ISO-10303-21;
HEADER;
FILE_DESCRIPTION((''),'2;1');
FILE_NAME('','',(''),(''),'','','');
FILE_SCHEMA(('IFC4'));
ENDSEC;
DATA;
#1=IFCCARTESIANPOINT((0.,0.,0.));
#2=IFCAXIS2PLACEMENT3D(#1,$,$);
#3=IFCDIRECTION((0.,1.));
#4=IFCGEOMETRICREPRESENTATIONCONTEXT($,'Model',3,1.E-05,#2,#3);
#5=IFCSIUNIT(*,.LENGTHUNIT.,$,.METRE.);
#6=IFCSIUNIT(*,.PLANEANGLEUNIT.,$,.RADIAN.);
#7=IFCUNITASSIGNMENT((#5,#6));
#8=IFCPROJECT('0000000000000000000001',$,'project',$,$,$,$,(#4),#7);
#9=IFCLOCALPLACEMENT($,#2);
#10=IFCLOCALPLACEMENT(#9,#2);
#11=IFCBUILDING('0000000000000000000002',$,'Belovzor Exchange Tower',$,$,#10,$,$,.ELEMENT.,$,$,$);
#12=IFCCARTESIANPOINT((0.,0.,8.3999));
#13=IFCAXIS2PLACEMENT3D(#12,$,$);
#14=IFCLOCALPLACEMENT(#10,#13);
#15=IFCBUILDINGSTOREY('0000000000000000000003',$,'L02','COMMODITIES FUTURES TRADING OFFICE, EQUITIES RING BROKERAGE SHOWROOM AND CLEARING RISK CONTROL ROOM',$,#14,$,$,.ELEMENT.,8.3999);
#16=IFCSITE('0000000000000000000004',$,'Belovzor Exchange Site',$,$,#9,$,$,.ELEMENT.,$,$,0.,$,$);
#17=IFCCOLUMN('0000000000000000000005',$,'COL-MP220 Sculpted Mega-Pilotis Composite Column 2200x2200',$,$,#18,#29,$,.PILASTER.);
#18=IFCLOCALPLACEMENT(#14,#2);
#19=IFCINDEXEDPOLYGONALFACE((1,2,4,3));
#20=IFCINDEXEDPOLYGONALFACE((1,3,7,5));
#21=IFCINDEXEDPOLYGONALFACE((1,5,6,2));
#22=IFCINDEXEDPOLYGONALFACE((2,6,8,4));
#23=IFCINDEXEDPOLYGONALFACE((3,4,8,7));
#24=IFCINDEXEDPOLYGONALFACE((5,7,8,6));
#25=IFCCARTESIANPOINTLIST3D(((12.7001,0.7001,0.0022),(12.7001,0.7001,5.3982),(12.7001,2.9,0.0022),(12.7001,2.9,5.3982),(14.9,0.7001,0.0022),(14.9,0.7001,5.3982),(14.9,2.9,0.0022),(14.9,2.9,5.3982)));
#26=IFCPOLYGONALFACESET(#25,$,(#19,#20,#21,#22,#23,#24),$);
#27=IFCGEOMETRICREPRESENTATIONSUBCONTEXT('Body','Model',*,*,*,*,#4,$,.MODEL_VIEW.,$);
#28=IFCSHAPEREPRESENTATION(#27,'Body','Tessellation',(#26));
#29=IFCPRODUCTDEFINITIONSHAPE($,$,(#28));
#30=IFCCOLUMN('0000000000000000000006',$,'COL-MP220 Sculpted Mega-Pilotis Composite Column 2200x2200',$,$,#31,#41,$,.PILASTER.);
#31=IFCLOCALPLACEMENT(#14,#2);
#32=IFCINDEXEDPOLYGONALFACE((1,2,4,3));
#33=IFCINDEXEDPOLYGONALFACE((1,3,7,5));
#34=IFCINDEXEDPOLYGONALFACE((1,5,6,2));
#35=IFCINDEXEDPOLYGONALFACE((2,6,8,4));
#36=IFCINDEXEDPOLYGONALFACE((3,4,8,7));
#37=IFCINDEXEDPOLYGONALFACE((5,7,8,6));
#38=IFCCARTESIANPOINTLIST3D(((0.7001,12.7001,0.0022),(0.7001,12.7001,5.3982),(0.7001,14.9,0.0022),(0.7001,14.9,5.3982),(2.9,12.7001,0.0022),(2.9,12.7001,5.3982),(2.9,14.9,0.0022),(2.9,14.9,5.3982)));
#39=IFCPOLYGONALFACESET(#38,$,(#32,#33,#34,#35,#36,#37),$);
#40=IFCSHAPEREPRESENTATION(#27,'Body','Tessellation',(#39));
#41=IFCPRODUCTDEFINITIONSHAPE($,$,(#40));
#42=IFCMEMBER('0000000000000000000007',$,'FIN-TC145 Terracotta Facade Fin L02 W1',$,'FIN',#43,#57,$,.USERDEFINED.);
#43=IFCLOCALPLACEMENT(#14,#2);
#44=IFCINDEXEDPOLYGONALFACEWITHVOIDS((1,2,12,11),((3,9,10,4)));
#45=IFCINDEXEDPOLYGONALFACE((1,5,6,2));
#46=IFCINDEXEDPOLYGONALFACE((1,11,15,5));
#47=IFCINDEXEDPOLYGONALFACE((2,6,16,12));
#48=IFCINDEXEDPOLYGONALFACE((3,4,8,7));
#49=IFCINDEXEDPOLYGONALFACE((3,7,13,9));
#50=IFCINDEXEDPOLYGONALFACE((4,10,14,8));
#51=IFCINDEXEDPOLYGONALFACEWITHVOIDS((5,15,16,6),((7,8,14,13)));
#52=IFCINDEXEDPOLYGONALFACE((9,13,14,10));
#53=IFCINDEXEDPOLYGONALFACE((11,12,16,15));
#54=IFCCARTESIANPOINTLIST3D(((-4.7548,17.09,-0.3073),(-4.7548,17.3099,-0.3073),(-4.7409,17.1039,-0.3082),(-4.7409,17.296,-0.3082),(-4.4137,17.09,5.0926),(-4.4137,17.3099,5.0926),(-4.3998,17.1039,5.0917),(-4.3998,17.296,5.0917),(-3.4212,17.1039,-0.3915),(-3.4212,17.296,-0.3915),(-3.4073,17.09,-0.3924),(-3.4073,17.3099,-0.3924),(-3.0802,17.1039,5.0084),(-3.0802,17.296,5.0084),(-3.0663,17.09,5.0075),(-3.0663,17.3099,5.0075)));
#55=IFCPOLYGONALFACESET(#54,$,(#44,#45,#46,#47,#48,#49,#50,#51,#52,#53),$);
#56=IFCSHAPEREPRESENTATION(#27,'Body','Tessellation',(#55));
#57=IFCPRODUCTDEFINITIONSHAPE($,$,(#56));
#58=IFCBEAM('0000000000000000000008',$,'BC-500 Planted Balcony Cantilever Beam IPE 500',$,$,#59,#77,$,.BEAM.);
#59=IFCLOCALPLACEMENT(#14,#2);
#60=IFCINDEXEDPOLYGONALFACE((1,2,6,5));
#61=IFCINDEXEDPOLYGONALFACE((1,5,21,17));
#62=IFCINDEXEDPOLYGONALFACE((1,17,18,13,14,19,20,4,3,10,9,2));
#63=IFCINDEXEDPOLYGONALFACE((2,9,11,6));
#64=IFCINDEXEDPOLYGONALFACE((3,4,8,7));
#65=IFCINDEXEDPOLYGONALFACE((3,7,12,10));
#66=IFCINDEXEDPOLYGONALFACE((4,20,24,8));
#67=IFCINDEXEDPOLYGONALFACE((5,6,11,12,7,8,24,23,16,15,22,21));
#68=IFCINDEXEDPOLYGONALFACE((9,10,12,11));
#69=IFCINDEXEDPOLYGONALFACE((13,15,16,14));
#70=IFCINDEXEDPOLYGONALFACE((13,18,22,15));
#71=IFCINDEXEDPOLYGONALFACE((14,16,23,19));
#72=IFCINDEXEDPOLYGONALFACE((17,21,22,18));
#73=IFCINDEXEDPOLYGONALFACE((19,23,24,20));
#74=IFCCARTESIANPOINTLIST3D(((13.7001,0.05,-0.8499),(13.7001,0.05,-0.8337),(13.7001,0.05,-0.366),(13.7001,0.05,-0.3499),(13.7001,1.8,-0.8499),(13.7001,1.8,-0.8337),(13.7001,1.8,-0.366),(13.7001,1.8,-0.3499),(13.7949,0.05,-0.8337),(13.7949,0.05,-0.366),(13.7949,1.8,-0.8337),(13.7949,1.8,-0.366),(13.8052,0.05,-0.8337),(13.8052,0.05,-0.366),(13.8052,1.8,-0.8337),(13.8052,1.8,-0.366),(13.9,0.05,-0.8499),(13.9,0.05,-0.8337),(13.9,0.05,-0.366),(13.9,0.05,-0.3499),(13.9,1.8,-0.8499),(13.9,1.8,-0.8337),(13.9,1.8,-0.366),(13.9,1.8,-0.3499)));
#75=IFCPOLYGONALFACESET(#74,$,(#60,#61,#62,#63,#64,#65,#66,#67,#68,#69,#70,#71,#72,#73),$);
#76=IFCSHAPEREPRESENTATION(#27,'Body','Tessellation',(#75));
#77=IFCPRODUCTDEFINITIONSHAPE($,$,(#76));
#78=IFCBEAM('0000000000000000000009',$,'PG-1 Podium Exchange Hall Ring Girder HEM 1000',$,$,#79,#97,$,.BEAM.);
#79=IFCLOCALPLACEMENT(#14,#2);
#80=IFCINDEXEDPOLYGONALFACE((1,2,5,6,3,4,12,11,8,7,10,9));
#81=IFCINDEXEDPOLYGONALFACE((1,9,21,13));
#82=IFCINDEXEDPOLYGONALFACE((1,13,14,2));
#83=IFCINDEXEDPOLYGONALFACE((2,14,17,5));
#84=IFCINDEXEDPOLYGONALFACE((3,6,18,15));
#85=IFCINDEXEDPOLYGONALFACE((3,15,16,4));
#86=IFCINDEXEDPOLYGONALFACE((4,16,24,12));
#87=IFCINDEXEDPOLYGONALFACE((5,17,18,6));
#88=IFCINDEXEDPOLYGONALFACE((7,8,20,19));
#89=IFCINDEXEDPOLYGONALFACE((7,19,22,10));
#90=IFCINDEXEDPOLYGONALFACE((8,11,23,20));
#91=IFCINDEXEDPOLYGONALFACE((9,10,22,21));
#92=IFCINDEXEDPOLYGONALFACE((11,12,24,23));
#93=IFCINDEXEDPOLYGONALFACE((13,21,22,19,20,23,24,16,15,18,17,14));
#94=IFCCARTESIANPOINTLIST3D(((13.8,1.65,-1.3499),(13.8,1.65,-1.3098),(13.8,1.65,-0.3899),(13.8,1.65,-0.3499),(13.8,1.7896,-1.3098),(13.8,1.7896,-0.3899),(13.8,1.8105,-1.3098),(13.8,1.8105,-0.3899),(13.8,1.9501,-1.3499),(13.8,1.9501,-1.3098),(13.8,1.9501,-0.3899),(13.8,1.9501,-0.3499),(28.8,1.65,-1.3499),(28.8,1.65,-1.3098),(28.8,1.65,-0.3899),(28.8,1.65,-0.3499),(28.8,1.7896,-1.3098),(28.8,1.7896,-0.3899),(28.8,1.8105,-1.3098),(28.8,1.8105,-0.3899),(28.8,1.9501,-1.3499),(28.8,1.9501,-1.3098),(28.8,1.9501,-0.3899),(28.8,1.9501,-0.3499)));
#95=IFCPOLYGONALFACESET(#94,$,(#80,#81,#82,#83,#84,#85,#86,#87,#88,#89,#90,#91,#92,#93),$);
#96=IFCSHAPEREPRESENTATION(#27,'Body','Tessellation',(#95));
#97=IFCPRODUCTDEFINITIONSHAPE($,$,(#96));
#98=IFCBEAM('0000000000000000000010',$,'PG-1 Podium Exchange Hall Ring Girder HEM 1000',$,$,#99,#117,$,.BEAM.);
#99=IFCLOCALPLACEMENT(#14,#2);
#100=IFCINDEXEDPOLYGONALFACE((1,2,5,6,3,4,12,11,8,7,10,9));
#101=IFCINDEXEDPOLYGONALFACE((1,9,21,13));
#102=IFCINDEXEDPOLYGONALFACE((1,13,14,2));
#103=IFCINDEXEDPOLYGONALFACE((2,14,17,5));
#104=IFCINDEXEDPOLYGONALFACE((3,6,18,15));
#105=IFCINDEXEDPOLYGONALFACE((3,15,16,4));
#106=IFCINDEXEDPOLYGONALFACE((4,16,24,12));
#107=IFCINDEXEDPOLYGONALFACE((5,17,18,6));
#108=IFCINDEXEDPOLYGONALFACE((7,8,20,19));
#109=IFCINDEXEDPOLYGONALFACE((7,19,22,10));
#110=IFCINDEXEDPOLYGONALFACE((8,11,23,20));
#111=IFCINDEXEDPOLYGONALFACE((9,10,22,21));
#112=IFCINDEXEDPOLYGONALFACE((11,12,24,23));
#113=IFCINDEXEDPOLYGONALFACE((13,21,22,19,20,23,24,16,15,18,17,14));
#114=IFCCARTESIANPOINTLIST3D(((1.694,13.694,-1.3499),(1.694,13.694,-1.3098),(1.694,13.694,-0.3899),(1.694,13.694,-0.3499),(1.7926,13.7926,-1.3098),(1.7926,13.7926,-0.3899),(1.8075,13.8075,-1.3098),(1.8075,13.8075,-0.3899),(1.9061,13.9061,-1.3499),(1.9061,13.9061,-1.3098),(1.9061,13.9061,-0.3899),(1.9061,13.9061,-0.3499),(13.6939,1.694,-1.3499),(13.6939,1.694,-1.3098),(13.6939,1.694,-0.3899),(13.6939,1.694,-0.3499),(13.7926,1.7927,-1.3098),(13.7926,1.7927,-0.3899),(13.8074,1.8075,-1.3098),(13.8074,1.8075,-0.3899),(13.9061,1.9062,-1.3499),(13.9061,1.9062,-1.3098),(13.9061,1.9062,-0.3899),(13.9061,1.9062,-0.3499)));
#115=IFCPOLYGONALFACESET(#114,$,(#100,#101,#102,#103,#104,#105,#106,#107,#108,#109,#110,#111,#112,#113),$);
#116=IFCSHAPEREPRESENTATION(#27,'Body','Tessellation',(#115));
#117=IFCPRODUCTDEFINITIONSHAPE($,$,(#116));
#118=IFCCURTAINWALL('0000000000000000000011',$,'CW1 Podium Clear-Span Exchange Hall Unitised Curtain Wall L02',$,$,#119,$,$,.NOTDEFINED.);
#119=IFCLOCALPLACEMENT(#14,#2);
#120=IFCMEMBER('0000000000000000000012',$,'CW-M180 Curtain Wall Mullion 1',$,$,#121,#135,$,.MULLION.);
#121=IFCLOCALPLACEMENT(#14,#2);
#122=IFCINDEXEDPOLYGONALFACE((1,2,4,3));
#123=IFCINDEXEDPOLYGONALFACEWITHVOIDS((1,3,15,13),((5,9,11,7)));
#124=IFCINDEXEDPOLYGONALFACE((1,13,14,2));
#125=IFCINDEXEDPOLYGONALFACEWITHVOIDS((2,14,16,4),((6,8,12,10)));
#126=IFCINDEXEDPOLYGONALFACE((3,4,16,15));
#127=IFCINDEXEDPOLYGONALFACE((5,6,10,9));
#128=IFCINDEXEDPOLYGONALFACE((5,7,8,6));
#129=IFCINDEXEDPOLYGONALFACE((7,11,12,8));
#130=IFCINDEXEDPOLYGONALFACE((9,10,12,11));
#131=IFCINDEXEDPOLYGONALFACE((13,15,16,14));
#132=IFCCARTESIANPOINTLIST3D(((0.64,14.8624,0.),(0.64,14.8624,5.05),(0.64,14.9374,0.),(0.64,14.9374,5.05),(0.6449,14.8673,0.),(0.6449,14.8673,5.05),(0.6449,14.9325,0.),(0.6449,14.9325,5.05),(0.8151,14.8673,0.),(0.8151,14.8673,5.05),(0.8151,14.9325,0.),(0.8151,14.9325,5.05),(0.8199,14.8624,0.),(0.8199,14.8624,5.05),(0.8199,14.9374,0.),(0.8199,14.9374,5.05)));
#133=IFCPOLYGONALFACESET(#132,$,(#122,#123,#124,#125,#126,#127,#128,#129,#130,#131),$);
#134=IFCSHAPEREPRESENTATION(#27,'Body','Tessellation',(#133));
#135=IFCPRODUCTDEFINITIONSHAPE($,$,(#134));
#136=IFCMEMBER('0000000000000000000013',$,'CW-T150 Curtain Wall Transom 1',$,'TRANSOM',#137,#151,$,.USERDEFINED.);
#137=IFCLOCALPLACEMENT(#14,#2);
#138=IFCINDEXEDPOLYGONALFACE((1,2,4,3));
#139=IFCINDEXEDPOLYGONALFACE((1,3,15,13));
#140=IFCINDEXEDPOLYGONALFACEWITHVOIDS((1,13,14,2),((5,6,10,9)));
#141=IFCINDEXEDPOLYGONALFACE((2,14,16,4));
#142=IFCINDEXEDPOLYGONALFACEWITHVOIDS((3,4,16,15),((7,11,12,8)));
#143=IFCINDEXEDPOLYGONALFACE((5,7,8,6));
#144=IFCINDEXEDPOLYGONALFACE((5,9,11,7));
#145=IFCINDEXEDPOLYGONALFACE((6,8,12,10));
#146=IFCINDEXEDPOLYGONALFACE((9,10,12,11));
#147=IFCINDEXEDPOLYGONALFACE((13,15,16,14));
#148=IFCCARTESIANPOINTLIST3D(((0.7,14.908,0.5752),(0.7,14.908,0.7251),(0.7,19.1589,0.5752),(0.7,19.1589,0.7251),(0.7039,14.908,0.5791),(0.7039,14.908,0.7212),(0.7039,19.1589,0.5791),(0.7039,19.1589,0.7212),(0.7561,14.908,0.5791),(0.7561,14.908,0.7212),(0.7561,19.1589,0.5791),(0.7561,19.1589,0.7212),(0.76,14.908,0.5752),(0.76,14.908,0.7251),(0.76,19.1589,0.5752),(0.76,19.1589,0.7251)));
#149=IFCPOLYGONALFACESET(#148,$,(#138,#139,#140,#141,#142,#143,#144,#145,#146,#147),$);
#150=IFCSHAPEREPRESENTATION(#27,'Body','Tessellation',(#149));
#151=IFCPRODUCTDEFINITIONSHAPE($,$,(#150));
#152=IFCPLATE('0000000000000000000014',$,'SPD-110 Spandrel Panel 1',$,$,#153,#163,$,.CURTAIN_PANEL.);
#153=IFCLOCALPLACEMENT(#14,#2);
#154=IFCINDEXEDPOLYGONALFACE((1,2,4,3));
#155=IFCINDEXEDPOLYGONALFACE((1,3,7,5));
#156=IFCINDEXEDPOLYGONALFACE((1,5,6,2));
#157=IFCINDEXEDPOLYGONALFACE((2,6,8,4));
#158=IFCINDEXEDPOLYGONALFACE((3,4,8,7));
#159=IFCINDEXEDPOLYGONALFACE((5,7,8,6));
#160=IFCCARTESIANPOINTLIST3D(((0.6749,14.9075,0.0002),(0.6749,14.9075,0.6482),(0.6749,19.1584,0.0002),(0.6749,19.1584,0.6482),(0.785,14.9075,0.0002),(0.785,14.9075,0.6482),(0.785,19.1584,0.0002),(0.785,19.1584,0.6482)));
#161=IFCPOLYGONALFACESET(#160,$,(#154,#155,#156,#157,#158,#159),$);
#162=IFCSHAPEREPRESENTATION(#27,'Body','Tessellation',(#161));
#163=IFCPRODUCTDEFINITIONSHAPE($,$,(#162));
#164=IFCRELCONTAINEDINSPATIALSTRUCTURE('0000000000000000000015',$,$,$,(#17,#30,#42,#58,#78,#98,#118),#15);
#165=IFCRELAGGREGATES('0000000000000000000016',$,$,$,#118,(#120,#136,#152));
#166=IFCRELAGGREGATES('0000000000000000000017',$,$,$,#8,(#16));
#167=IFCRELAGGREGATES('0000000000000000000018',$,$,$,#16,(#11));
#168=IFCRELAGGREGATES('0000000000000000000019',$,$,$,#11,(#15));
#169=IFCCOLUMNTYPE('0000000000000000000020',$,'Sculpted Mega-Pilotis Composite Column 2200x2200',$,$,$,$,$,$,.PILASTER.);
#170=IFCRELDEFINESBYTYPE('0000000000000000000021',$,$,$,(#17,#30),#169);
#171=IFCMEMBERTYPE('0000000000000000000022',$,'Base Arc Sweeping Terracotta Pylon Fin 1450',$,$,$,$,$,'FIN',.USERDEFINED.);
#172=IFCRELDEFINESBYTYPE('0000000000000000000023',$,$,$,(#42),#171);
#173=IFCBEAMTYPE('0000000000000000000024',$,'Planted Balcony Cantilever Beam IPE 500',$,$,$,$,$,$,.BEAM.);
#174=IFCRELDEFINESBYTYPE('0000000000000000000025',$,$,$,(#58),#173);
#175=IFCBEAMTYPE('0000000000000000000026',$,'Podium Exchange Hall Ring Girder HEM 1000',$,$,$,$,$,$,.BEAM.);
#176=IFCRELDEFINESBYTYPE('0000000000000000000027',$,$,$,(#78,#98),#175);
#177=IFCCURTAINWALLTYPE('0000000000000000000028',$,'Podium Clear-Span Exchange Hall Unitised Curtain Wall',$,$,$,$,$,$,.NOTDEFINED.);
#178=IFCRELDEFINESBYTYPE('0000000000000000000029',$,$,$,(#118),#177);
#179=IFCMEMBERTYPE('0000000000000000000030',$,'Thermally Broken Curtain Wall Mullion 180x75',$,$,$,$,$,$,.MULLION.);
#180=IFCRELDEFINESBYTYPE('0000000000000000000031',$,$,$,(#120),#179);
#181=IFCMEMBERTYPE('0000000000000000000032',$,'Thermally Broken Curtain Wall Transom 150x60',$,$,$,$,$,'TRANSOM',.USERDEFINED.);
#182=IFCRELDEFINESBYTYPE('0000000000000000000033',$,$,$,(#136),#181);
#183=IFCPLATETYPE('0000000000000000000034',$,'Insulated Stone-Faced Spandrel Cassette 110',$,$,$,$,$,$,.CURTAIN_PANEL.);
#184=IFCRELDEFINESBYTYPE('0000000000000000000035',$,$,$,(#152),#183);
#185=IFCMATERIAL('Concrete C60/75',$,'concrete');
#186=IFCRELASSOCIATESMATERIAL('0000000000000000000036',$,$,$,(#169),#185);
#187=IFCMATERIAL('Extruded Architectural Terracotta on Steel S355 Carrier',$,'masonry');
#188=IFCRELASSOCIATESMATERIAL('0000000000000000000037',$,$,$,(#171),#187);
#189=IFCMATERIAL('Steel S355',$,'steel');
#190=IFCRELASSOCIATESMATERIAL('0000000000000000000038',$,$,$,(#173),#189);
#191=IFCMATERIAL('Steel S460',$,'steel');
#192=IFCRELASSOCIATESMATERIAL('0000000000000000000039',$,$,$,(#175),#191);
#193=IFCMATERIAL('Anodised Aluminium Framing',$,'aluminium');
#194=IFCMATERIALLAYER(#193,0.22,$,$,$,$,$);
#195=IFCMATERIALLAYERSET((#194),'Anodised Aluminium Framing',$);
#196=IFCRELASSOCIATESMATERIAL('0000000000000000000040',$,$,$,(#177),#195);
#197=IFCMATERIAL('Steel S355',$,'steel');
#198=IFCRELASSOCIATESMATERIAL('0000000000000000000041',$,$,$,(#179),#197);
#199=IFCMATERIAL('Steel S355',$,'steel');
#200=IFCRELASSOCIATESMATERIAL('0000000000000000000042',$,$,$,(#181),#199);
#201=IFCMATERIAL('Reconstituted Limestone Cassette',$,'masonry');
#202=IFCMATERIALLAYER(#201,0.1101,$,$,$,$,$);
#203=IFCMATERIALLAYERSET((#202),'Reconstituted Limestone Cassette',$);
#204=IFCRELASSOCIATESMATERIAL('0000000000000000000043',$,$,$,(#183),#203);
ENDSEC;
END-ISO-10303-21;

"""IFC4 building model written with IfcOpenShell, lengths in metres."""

from ifc_helpers import new_model, si_unit, direction, frame, origin, origin_2d, place, context, subcontext, project, spatial, rectangle, hollow_rectangle, i_section, extrude, material, layer, layer_set, material_profile, profile_set, type_object, element, aggregate, save


model = new_model("IFC4")

# Units and contexts
model_context = context("Model", 3, precision=1e-05, world=origin(), true_north=direction((0.0, 1.0)))
body_context = subcontext(model_context, "Body", "Model", "MODEL_VIEW")
ifc_project = project(units=[si_unit("LENGTHUNIT", "METRE"), si_unit("PLANEANGLEUNIT", "RADIAN")], contexts=[model_context])

# Site, building, storey
site_placement = place(None, origin())
site = spatial("IfcSite", under=ifc_project, at=site_placement, Name="Belovzor Exchange Site", CompositionType="ELEMENT", RefElevation=0.0)
building_placement = place(site_placement, origin())
building = spatial("IfcBuilding", under=site, at=building_placement, Name="Belovzor Exchange Tower", CompositionType="ELEMENT")
storey_placement = place(building_placement, frame((0.0, 0.0, 8.3999)))
storey = spatial("IfcBuildingStorey", under=building, at=storey_placement, Name="L02", Description="COMMODITIES FUTURES TRADING OFFICE, EQUITIES RING BROKERAGE SHOWROOM AND CLEARING RISK CONTROL ROOM", CompositionType="ELEMENT", Elevation=8.3999)

# Columns
ifc_material_1 = material(Name="Concrete C60/75", Category="concrete")
ifc_material_profile_1 = material_profile(ifc_material_1, rectangle(XDim=2.2, YDim=2.2, at=origin_2d()))
ifc_profile_set_1 = profile_set([ifc_material_profile_1], Name="Concrete C60/75")
column_type = type_object("IfcColumnType", Name="Sculpted Mega-Pilotis Composite Column 2200x2200", PredefinedType="PILASTER", material=ifc_profile_set_1)
for number, where, z_axis, x_axis, name in (
    (1, (13.8, 1.8, 0.0022), (0.0, 0.0, 1.0), (1.0, 0.0, 0.0), "COL-MP220 Sculpted Mega-Pilotis Composite Column 2200x2200"),
    (2, (1.8, 13.8, 0.0022), (0.0, 0.0, 1.0), (1.0, 0.0, 0.0), "COL-MP220 Sculpted Mega-Pilotis Composite Column 2200x2200"),
):
    element("IfcColumn", number, at=place(storey_placement, frame(where, z_axis=z_axis, x_axis=x_axis)), inside=storey, type_object=column_type, Name=name, PredefinedType="PILASTER", context=body_context, shape_type="SweptSolid", body=[
        extrude(rectangle(XDim=2.2, YDim=2.2, at=origin_2d()), origin(), (0.0, 0.0, 1.0), 5.396),
    ])

# Member
ifc_material_2 = material(Name="Extruded Architectural Terracotta on Steel S355 Carrier", Category="masonry")
ifc_material_profile_2 = material_profile(ifc_material_2, hollow_rectangle(XDim=0.22, YDim=1.3501, WallThickness=0.0139, at=origin_2d()))
ifc_profile_set_2 = profile_set([ifc_material_profile_2], Name="Extruded Architectural Terracotta on Steel S355 Carrier")
member_type_1 = type_object("IfcMemberType", Name="Base Arc Sweeping Terracotta Pylon Fin 1450", ElementType="FIN", PredefinedType="USERDEFINED", material=ifc_profile_set_2)
member_1_placement = place(storey_placement, frame((-4.0811, 17.2, -0.3499), z_axis=(0.063036, 0.0, 0.998011), x_axis=(0.0, 1.0, 0.0)))
element("IfcMember", 3, at=member_1_placement, inside=storey, type_object=member_type_1, Name="FIN-TC145 Terracotta Facade Fin L02 W1", ObjectType="FIN", PredefinedType="USERDEFINED", context=body_context, shape_type="SweptSolid", body=[
    extrude(hollow_rectangle(XDim=0.22, YDim=1.3501, WallThickness=0.0139, at=origin_2d()), origin(), (0.0, 0.0, 1.0), 5.4106),
])

# Beams
ifc_material_3 = material(Name="Steel S355", Category="steel")
ifc_material_profile_3 = material_profile(ifc_material_3, i_section(OverallWidth=0.2, OverallDepth=0.5, WebThickness=0.0103, FlangeThickness=0.0161, at=origin_2d()))
ifc_profile_set_3 = profile_set([ifc_material_profile_3], Name="Steel S355")
beam_type_1 = type_object("IfcBeamType", Name="Planted Balcony Cantilever Beam IPE 500", PredefinedType="BEAM", material=ifc_profile_set_3)
beam_1_placement = place(storey_placement, frame((13.8, 1.8, -0.5999), z_axis=(0.0, -1.0, 0.0), x_axis=(1.0, 0.0, 0.0)))
element("IfcBeam", 4, at=beam_1_placement, inside=storey, type_object=beam_type_1, Name="BC-500 Planted Balcony Cantilever Beam IPE 500", PredefinedType="BEAM", context=body_context, shape_type="SweptSolid", body=[
    extrude(i_section(OverallWidth=0.2, OverallDepth=0.5, WebThickness=0.0103, FlangeThickness=0.0161, at=origin_2d()), origin(), (0.0, 0.0, 1.0), 1.75),
])
ifc_material_4 = material(Name="Steel S460", Category="steel")
ifc_material_profile_4 = material_profile(ifc_material_4, i_section(OverallWidth=0.3, OverallDepth=1.0, WebThickness=0.021, FlangeThickness=0.04, at=origin_2d()))
ifc_profile_set_4 = profile_set([ifc_material_profile_4], Name="Steel S460")
beam_type_2 = type_object("IfcBeamType", Name="Podium Exchange Hall Ring Girder HEM 1000", PredefinedType="BEAM", material=ifc_profile_set_4)
beam_2_placement = place(storey_placement, frame((13.8, 1.8, -0.8499), z_axis=(1.0, 0.0, 0.0), x_axis=(0.0, 1.0, 0.0)))
element("IfcBeam", 5, at=beam_2_placement, inside=storey, type_object=beam_type_2, Name="PG-1 Podium Exchange Hall Ring Girder HEM 1000", PredefinedType="BEAM", context=body_context, shape_type="SweptSolid", body=[
    extrude(i_section(OverallWidth=0.3, OverallDepth=1.0, WebThickness=0.021, FlangeThickness=0.04, at=origin_2d()), origin(), (0.0, 0.0, 1.0), 15.0),
])
beam_3_placement = place(storey_placement, frame((1.8, 13.8, -0.8499), z_axis=(0.707107, -0.707107, 0.0), x_axis=(0.707107, 0.707107, 0.0)))
element("IfcBeam", 6, at=beam_3_placement, inside=storey, type_object=beam_type_2, Name="PG-1 Podium Exchange Hall Ring Girder HEM 1000", PredefinedType="BEAM", context=body_context, shape_type="SweptSolid", body=[
    extrude(i_section(OverallWidth=0.3, OverallDepth=1.0, WebThickness=0.021, FlangeThickness=0.04, at=origin_2d()), origin(), (0.0, 0.0, 1.0), 16.9705),
])

# Curtain wall, members, plate
ifc_material_5 = material(Name="Anodised Aluminium Framing", Category="aluminium")
ifc_layer_1 = layer(ifc_material_5, 0.22)
ifc_layer_set_1 = layer_set([ifc_layer_1], Name="Anodised Aluminium Framing")
curtain_wall_type = type_object("IfcCurtainWallType", Name="Podium Clear-Span Exchange Hall Unitised Curtain Wall", PredefinedType="NOTDEFINED", material=ifc_layer_set_1)
curtain_wall_placement = place(storey_placement, origin())
curtain_wall = element("IfcCurtainWall", 7, at=curtain_wall_placement, inside=storey, type_object=curtain_wall_type, Name="CW1 Podium Clear-Span Exchange Hall Unitised Curtain Wall L02", PredefinedType="NOTDEFINED")
ifc_material_6 = material(Name="Steel S355", Category="steel")
ifc_material_profile_5 = material_profile(ifc_material_6, hollow_rectangle(XDim=0.075, YDim=0.1799, WallThickness=0.0049, at=origin_2d()))
ifc_profile_set_5 = profile_set([ifc_material_profile_5], Name="Steel S355")
member_type_2 = type_object("IfcMemberType", Name="Thermally Broken Curtain Wall Mullion 180x75", PredefinedType="MULLION", material=ifc_profile_set_5)
member_2_placement = place(storey_placement, frame((0.73, 14.8999, 0.0), z_axis=(0.0, 0.0, 1.0), x_axis=(0.0, 1.0, 0.0)))
member_2 = element("IfcMember", 8, at=member_2_placement, type_object=member_type_2, Name="CW-M180 Curtain Wall Mullion 1", PredefinedType="MULLION", context=body_context, shape_type="SweptSolid", body=[
    extrude(hollow_rectangle(XDim=0.075, YDim=0.1799, WallThickness=0.0049, at=origin_2d()), origin(), (0.0, 0.0, 1.0), 5.05),
])
ifc_material_7 = material(Name="Steel S355", Category="steel")
ifc_material_profile_6 = material_profile(ifc_material_7, hollow_rectangle(XDim=0.0601, YDim=0.1499, WallThickness=0.0039, at=origin_2d()))
ifc_profile_set_6 = profile_set([ifc_material_profile_6], Name="Steel S355")
member_type_3 = type_object("IfcMemberType", Name="Thermally Broken Curtain Wall Transom 150x60", ElementType="TRANSOM", PredefinedType="USERDEFINED", material=ifc_profile_set_6)
member_3_placement = place(storey_placement, frame((0.73, 14.908, 0.6501), z_axis=(0.0, 1.0, 0.0), x_axis=(-1.0, 0.0, 0.0)))
member_3 = element("IfcMember", 9, at=member_3_placement, type_object=member_type_3, Name="CW-T150 Curtain Wall Transom 1", ObjectType="TRANSOM", PredefinedType="USERDEFINED", context=body_context, shape_type="SweptSolid", body=[
    extrude(hollow_rectangle(XDim=0.0601, YDim=0.1499, WallThickness=0.0039, at=origin_2d()), origin(), (0.0, 0.0, 1.0), 4.251),
])
ifc_material_8 = material(Name="Reconstituted Limestone Cassette", Category="masonry")
ifc_layer_2 = layer(ifc_material_8, 0.1101)
ifc_layer_set_2 = layer_set([ifc_layer_2], Name="Reconstituted Limestone Cassette")
plate_type_1 = type_object("IfcPlateType", Name="Insulated Stone-Faced Spandrel Cassette 110", PredefinedType="CURTAIN_PANEL", material=ifc_layer_set_2)
plate_1_placement = place(storey_placement, frame((0.73, 17.033, 0.0002), z_axis=(0.0, 0.0, 1.0), x_axis=(0.0, 1.0, 0.0)))
plate_1 = element("IfcPlate", 10, at=plate_1_placement, type_object=plate_type_1, Name="SPD-110 Spandrel Panel 1", PredefinedType="CURTAIN_PANEL", context=body_context, shape_type="SweptSolid", body=[
    extrude(rectangle(XDim=4.251, YDim=0.1101, at=origin_2d()), origin(), (0.0, 0.0, 1.0), 0.6479),
])

aggregate(curtain_wall, [member_2, member_3, plate_1])

save(model, "model.ifc")
